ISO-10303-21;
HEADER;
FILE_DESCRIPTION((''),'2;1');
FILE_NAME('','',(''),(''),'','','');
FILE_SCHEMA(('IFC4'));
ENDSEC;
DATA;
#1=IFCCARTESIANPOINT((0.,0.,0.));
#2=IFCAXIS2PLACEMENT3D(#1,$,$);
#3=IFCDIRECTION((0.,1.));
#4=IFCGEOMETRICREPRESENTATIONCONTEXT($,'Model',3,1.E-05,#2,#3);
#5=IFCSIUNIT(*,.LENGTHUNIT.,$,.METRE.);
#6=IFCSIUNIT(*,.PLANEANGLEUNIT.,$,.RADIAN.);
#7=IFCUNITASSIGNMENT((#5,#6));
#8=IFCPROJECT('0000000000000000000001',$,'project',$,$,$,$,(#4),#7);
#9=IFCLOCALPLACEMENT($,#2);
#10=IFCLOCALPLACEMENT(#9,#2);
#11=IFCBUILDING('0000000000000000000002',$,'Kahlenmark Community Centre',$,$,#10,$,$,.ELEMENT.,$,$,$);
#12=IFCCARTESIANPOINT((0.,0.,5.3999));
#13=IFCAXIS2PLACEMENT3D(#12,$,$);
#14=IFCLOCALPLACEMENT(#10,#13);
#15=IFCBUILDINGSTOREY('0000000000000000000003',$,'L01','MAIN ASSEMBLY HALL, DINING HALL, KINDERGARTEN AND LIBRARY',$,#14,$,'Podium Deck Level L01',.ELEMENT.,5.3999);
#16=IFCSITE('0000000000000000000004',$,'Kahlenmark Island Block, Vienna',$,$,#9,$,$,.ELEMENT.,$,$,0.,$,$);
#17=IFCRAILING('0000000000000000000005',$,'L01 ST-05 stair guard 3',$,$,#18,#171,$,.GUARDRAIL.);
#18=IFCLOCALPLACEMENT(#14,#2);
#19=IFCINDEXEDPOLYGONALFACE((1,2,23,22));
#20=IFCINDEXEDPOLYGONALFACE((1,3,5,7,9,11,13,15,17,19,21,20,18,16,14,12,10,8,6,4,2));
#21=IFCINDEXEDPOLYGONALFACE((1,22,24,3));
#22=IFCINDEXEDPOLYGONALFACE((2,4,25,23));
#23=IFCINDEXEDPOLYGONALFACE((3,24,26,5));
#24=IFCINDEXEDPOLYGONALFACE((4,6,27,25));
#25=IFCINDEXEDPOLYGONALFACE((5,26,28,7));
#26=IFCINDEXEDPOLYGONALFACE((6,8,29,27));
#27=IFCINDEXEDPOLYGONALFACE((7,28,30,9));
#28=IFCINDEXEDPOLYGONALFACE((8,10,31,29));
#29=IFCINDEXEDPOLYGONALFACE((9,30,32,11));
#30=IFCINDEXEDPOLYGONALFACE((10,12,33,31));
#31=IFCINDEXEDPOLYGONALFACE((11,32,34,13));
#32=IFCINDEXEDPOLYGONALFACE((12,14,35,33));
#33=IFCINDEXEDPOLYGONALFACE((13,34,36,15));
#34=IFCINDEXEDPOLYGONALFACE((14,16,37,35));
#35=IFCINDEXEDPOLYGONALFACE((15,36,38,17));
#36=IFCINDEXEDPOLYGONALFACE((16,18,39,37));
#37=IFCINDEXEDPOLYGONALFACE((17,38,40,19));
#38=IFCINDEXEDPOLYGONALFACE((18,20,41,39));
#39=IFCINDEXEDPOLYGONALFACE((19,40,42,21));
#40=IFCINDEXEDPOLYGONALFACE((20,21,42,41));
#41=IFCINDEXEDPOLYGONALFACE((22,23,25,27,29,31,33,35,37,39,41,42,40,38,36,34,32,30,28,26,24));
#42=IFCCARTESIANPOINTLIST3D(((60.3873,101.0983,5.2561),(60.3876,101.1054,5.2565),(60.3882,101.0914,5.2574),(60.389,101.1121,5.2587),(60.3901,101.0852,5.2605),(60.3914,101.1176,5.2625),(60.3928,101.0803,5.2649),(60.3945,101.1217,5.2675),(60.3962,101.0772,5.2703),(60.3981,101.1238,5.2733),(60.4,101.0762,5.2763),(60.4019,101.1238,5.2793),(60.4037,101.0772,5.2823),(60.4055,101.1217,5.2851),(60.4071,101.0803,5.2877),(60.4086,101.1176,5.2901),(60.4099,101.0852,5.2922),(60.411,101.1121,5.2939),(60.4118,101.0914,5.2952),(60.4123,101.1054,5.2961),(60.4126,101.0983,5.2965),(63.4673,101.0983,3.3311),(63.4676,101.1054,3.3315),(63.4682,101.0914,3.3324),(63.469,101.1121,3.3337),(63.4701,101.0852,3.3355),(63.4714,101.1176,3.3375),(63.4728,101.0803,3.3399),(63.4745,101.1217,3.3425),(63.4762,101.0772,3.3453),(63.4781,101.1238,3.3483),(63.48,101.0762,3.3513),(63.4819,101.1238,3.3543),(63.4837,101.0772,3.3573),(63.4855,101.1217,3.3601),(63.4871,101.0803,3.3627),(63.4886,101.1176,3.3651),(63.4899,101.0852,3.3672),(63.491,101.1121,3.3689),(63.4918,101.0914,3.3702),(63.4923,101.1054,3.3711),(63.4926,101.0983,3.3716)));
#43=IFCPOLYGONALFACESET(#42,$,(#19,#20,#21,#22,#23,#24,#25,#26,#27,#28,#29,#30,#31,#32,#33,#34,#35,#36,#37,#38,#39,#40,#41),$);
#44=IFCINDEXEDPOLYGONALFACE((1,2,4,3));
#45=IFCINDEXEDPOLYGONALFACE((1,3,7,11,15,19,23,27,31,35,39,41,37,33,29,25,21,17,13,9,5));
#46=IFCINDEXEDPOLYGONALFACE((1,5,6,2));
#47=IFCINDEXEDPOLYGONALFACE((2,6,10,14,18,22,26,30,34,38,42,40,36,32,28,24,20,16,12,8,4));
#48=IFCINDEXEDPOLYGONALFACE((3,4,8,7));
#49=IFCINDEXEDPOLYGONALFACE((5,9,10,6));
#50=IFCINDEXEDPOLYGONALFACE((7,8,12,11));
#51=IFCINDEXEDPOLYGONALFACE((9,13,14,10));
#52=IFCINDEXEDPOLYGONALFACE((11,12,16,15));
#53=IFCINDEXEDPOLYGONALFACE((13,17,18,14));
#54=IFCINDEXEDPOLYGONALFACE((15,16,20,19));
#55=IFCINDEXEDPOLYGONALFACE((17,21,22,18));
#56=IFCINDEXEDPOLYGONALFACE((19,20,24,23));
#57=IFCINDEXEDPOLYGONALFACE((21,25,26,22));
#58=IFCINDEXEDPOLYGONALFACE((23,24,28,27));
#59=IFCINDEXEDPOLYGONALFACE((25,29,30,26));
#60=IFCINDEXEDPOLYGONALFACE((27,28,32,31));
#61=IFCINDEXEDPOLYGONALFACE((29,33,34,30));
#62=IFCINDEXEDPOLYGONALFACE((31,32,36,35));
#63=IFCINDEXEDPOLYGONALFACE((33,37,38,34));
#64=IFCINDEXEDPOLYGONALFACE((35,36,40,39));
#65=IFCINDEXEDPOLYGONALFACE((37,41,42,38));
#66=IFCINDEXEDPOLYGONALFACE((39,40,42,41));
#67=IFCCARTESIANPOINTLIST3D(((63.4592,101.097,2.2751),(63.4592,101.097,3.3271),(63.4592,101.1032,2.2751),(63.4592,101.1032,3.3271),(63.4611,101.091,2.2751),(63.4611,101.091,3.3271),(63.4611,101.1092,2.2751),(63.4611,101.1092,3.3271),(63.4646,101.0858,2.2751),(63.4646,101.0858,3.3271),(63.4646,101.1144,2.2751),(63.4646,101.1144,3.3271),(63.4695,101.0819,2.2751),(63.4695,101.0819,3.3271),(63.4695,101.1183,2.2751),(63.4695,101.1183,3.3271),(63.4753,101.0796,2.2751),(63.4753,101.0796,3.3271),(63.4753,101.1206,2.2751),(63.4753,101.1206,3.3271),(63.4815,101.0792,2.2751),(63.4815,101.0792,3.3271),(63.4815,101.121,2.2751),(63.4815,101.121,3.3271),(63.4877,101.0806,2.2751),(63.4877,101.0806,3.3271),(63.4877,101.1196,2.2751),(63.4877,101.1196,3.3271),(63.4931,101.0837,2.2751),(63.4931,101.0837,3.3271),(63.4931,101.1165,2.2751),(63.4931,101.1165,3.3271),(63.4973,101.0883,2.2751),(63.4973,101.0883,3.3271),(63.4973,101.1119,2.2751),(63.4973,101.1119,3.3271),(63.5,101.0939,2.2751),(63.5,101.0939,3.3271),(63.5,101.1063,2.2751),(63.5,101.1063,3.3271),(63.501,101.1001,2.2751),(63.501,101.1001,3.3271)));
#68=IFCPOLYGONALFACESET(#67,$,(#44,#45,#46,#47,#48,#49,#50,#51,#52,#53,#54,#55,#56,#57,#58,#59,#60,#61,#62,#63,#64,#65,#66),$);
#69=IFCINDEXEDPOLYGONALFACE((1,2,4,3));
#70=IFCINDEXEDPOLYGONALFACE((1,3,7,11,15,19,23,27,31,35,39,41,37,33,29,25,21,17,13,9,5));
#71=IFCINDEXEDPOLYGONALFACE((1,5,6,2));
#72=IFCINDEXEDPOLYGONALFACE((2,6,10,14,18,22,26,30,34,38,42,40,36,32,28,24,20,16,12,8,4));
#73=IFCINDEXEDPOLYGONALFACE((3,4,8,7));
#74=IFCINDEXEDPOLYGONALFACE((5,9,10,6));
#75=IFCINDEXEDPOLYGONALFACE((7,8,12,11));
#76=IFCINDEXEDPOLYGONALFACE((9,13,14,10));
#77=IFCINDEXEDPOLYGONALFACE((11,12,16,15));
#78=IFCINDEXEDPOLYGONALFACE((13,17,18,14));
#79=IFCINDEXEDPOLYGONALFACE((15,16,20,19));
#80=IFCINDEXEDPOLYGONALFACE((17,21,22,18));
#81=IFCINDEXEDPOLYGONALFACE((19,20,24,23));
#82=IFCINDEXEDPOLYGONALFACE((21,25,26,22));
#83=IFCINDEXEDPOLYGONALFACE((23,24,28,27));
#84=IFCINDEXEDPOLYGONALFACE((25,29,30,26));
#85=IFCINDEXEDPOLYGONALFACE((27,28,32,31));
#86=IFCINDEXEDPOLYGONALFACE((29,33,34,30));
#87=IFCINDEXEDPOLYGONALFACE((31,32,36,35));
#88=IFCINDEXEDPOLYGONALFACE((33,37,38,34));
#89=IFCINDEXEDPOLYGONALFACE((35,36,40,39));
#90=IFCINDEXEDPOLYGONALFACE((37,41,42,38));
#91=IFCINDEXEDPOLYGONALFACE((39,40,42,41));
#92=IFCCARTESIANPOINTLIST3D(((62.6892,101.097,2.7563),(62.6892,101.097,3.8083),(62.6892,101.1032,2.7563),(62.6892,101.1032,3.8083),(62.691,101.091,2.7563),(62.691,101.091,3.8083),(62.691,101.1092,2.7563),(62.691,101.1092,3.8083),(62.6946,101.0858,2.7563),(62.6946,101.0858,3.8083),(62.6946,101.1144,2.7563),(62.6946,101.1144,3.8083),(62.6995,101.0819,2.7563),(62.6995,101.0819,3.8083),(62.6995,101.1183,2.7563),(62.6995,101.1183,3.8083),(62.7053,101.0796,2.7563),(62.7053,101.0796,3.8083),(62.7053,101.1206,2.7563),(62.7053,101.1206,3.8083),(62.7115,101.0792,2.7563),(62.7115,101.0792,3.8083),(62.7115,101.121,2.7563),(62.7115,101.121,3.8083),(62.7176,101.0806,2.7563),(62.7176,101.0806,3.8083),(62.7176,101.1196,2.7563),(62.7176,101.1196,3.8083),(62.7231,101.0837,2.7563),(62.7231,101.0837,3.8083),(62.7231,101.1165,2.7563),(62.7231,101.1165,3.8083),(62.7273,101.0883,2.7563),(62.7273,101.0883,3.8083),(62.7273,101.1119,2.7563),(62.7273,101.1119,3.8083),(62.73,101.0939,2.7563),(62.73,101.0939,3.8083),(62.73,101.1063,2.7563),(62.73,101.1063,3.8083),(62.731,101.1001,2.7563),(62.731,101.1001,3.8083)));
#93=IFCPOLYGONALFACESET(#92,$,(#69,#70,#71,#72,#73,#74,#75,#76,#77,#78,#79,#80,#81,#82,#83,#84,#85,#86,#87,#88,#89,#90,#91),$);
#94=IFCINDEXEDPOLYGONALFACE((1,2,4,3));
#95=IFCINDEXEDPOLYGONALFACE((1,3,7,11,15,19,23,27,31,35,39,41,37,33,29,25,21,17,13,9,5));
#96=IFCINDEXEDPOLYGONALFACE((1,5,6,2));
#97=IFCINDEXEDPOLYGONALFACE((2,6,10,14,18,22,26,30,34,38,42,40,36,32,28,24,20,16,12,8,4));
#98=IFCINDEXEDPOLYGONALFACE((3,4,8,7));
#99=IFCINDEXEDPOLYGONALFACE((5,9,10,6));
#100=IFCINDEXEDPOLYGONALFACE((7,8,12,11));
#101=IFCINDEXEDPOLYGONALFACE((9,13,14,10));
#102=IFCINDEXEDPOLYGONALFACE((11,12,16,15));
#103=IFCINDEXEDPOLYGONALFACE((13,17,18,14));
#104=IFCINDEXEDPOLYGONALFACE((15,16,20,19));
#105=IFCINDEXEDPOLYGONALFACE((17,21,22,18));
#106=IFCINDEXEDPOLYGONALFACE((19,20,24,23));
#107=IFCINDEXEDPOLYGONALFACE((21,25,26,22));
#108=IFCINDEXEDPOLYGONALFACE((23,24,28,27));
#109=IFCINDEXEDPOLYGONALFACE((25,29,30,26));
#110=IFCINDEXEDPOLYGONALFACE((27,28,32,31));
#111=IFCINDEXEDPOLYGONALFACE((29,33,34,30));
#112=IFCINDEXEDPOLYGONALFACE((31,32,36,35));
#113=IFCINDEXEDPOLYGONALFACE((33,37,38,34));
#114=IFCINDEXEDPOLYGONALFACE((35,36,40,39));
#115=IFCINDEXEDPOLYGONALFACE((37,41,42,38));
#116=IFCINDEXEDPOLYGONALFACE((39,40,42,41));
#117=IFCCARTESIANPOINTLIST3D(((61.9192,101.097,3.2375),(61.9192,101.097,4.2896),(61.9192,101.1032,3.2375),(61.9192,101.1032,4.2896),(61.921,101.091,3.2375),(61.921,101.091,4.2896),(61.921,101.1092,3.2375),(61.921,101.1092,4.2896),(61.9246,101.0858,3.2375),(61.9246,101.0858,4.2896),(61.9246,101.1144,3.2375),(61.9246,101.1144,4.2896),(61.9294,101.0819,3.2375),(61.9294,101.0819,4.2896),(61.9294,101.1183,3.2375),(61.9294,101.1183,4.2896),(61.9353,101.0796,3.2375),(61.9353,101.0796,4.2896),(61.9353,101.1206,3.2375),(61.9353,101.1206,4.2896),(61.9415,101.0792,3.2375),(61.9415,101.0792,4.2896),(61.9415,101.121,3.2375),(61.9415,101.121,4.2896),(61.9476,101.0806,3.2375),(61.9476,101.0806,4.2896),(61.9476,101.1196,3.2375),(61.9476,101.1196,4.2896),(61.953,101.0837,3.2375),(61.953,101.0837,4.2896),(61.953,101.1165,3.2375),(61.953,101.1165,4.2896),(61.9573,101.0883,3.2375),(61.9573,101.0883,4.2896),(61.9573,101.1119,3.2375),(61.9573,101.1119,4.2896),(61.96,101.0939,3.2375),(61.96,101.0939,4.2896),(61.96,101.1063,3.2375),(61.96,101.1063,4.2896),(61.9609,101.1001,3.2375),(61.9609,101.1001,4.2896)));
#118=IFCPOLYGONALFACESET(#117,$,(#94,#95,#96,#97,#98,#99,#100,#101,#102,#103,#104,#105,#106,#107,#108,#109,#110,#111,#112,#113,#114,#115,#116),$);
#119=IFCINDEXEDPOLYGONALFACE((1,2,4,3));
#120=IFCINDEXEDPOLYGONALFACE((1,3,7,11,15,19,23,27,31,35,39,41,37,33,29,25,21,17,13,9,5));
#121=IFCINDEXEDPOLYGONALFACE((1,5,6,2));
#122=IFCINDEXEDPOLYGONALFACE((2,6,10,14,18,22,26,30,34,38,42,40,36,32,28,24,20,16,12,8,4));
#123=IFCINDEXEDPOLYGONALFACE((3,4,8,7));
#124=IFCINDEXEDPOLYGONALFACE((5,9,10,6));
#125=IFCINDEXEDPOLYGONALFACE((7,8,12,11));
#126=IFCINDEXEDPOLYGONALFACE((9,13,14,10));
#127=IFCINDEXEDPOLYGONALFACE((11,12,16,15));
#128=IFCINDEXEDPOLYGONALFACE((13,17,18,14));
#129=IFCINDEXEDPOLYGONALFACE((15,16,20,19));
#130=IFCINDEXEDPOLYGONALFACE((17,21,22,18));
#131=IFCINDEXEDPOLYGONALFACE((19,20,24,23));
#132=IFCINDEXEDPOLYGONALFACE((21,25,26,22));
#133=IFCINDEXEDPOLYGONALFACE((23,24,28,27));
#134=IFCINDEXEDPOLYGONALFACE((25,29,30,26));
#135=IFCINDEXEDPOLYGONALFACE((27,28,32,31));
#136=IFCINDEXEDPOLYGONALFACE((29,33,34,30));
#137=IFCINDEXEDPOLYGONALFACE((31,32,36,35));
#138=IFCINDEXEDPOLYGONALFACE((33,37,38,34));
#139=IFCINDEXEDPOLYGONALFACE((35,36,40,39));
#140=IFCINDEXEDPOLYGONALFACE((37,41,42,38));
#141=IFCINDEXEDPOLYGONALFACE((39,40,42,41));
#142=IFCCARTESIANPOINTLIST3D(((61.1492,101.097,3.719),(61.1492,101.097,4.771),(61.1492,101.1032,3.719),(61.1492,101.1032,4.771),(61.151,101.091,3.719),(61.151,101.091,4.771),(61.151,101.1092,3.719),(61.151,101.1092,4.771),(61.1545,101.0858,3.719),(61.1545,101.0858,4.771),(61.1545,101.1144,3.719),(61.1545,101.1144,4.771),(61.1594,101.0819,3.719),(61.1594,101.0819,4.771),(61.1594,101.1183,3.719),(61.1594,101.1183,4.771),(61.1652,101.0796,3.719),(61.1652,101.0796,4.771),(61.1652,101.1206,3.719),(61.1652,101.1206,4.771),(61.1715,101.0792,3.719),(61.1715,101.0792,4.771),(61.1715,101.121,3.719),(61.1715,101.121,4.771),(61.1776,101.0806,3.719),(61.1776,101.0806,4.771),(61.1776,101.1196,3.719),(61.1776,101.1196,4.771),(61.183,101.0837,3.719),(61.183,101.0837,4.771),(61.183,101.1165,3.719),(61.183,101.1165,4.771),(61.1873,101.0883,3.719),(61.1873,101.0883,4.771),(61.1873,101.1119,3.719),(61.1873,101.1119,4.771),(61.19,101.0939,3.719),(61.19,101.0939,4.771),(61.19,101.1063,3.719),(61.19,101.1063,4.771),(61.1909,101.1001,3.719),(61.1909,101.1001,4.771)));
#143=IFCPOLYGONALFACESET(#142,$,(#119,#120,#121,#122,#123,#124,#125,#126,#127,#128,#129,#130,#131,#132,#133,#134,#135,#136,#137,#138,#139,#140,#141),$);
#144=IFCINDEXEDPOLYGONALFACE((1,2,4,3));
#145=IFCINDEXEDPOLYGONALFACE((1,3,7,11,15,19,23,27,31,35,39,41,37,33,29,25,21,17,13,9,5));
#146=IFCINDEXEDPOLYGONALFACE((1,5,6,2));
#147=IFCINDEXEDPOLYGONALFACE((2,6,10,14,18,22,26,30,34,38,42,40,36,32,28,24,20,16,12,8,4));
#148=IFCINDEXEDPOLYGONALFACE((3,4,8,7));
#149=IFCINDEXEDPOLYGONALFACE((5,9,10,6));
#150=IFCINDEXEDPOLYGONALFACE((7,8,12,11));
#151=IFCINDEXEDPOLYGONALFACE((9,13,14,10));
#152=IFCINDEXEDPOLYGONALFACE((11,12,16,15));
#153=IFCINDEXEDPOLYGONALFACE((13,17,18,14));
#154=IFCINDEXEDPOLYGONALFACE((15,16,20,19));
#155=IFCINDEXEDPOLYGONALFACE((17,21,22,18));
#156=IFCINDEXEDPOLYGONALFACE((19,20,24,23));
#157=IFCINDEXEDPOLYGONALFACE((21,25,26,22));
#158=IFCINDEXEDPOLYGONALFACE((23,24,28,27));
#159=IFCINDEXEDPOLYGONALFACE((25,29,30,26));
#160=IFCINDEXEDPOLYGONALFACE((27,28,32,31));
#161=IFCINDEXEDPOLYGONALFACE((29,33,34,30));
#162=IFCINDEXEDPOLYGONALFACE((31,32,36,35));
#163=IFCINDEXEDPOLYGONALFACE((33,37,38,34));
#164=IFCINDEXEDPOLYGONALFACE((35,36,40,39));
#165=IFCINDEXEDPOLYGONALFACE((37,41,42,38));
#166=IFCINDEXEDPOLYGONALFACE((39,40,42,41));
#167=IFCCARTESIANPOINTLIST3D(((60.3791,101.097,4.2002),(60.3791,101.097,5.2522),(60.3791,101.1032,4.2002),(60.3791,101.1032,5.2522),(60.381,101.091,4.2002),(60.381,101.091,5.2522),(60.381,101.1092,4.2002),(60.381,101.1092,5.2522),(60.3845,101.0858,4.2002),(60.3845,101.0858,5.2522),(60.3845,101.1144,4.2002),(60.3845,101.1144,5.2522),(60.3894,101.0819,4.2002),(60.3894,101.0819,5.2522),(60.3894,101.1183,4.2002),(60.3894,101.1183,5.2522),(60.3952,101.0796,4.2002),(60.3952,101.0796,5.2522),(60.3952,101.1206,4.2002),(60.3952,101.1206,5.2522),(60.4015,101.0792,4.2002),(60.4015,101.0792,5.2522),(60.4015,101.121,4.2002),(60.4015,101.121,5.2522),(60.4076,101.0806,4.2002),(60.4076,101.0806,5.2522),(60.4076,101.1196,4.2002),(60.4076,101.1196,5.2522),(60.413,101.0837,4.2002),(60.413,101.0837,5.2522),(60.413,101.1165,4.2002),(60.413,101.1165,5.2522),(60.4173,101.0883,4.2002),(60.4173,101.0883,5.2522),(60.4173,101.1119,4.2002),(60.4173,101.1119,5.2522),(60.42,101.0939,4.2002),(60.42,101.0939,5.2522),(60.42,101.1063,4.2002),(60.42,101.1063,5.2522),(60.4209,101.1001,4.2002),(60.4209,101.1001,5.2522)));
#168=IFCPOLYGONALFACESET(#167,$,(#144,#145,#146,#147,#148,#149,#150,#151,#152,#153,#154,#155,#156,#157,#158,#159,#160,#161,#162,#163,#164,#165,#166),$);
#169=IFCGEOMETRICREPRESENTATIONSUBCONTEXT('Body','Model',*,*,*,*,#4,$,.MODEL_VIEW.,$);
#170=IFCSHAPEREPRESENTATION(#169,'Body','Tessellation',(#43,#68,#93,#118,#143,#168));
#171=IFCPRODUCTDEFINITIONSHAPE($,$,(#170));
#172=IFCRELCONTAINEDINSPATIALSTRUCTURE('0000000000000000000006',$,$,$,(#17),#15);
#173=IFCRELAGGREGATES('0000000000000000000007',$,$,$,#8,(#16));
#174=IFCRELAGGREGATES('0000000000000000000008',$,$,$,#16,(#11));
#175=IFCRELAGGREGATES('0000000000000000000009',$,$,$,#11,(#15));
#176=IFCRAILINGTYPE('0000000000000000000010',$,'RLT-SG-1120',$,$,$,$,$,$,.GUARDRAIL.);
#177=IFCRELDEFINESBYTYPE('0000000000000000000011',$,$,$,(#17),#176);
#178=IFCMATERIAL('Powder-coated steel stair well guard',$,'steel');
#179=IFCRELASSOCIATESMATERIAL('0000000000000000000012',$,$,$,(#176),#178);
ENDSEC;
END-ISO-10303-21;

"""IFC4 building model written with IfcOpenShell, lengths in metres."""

from ifc_helpers import new_model, si_unit, direction, frame, origin, origin_2d, place, context, subcontext, project, spatial, circle, extrude, material, type_object, element, save


model = new_model("IFC4")

# Units and contexts
model_context = context("Model", 3, precision=1e-05, world=origin(), true_north=direction((0.0, 1.0)))
body_context = subcontext(model_context, "Body", "Model", "MODEL_VIEW")
ifc_project = project(units=[si_unit("LENGTHUNIT", "METRE"), si_unit("PLANEANGLEUNIT", "RADIAN")], contexts=[model_context])

# Site, building, storey
site_placement = place(None, origin())
site = spatial("IfcSite", under=ifc_project, at=site_placement, Name="Kahlenmark Island Block, Vienna", CompositionType="ELEMENT", RefElevation=0.0)
building_placement = place(site_placement, origin())
building = spatial("IfcBuilding", under=site, at=building_placement, Name="Kahlenmark Community Centre", CompositionType="ELEMENT")
storey_placement = place(building_placement, frame((0.0, 0.0, 5.3999)))
storey = spatial("IfcBuildingStorey", under=building, at=storey_placement, Name="L01", Description="MAIN ASSEMBLY HALL, DINING HALL, KINDERGARTEN AND LIBRARY", LongName="Podium Deck Level L01", CompositionType="ELEMENT", Elevation=5.3999)

# Railing
ifc_material_1 = material(Name="Powder-coated steel stair well guard", Category="steel")
railing_type_1 = type_object("IfcRailingType", Name="RLT-SG-1120", PredefinedType="GUARDRAIL", material=ifc_material_1)
railing_1_placement = place(storey_placement, frame((63.48, 101.1001, 2.2751)))
element("IfcRailing", 1, at=railing_1_placement, inside=storey, type_object=railing_type_1, Name="L01 ST-05 stair guard 3", PredefinedType="GUARDRAIL", context=body_context, shape_type="SweptSolid", body=[
    extrude(circle(Radius=0.0239, at=origin_2d()), frame((0.0, 0.0, 1.0762), z_axis=(-0.847998, 0.0, 0.529999), x_axis=(0.0, -1.0, 0.0)), (0.0, 0.0, 1.0), 3.6321),
    extrude(circle(Radius=0.021, at=origin_2d()), origin(), (0.0, 0.0, 1.0), 1.052),
    extrude(circle(Radius=0.021, at=origin_2d()), frame((-0.77, 0.0, 0.4812)), (0.0, 0.0, 1.0), 1.052),
    extrude(circle(Radius=0.021, at=origin_2d()), frame((-1.54, 0.0, 0.9624)), (0.0, 0.0, 1.0), 1.052),
    extrude(circle(Radius=0.021, at=origin_2d()), frame((-2.3101, 0.0, 1.4438)), (0.0, 0.0, 1.0), 1.052),
    extrude(circle(Radius=0.021, at=origin_2d()), frame((-3.0801, 0.0, 1.925)), (0.0, 0.0, 1.0), 1.052),
])

save(model, "model.ifc")
